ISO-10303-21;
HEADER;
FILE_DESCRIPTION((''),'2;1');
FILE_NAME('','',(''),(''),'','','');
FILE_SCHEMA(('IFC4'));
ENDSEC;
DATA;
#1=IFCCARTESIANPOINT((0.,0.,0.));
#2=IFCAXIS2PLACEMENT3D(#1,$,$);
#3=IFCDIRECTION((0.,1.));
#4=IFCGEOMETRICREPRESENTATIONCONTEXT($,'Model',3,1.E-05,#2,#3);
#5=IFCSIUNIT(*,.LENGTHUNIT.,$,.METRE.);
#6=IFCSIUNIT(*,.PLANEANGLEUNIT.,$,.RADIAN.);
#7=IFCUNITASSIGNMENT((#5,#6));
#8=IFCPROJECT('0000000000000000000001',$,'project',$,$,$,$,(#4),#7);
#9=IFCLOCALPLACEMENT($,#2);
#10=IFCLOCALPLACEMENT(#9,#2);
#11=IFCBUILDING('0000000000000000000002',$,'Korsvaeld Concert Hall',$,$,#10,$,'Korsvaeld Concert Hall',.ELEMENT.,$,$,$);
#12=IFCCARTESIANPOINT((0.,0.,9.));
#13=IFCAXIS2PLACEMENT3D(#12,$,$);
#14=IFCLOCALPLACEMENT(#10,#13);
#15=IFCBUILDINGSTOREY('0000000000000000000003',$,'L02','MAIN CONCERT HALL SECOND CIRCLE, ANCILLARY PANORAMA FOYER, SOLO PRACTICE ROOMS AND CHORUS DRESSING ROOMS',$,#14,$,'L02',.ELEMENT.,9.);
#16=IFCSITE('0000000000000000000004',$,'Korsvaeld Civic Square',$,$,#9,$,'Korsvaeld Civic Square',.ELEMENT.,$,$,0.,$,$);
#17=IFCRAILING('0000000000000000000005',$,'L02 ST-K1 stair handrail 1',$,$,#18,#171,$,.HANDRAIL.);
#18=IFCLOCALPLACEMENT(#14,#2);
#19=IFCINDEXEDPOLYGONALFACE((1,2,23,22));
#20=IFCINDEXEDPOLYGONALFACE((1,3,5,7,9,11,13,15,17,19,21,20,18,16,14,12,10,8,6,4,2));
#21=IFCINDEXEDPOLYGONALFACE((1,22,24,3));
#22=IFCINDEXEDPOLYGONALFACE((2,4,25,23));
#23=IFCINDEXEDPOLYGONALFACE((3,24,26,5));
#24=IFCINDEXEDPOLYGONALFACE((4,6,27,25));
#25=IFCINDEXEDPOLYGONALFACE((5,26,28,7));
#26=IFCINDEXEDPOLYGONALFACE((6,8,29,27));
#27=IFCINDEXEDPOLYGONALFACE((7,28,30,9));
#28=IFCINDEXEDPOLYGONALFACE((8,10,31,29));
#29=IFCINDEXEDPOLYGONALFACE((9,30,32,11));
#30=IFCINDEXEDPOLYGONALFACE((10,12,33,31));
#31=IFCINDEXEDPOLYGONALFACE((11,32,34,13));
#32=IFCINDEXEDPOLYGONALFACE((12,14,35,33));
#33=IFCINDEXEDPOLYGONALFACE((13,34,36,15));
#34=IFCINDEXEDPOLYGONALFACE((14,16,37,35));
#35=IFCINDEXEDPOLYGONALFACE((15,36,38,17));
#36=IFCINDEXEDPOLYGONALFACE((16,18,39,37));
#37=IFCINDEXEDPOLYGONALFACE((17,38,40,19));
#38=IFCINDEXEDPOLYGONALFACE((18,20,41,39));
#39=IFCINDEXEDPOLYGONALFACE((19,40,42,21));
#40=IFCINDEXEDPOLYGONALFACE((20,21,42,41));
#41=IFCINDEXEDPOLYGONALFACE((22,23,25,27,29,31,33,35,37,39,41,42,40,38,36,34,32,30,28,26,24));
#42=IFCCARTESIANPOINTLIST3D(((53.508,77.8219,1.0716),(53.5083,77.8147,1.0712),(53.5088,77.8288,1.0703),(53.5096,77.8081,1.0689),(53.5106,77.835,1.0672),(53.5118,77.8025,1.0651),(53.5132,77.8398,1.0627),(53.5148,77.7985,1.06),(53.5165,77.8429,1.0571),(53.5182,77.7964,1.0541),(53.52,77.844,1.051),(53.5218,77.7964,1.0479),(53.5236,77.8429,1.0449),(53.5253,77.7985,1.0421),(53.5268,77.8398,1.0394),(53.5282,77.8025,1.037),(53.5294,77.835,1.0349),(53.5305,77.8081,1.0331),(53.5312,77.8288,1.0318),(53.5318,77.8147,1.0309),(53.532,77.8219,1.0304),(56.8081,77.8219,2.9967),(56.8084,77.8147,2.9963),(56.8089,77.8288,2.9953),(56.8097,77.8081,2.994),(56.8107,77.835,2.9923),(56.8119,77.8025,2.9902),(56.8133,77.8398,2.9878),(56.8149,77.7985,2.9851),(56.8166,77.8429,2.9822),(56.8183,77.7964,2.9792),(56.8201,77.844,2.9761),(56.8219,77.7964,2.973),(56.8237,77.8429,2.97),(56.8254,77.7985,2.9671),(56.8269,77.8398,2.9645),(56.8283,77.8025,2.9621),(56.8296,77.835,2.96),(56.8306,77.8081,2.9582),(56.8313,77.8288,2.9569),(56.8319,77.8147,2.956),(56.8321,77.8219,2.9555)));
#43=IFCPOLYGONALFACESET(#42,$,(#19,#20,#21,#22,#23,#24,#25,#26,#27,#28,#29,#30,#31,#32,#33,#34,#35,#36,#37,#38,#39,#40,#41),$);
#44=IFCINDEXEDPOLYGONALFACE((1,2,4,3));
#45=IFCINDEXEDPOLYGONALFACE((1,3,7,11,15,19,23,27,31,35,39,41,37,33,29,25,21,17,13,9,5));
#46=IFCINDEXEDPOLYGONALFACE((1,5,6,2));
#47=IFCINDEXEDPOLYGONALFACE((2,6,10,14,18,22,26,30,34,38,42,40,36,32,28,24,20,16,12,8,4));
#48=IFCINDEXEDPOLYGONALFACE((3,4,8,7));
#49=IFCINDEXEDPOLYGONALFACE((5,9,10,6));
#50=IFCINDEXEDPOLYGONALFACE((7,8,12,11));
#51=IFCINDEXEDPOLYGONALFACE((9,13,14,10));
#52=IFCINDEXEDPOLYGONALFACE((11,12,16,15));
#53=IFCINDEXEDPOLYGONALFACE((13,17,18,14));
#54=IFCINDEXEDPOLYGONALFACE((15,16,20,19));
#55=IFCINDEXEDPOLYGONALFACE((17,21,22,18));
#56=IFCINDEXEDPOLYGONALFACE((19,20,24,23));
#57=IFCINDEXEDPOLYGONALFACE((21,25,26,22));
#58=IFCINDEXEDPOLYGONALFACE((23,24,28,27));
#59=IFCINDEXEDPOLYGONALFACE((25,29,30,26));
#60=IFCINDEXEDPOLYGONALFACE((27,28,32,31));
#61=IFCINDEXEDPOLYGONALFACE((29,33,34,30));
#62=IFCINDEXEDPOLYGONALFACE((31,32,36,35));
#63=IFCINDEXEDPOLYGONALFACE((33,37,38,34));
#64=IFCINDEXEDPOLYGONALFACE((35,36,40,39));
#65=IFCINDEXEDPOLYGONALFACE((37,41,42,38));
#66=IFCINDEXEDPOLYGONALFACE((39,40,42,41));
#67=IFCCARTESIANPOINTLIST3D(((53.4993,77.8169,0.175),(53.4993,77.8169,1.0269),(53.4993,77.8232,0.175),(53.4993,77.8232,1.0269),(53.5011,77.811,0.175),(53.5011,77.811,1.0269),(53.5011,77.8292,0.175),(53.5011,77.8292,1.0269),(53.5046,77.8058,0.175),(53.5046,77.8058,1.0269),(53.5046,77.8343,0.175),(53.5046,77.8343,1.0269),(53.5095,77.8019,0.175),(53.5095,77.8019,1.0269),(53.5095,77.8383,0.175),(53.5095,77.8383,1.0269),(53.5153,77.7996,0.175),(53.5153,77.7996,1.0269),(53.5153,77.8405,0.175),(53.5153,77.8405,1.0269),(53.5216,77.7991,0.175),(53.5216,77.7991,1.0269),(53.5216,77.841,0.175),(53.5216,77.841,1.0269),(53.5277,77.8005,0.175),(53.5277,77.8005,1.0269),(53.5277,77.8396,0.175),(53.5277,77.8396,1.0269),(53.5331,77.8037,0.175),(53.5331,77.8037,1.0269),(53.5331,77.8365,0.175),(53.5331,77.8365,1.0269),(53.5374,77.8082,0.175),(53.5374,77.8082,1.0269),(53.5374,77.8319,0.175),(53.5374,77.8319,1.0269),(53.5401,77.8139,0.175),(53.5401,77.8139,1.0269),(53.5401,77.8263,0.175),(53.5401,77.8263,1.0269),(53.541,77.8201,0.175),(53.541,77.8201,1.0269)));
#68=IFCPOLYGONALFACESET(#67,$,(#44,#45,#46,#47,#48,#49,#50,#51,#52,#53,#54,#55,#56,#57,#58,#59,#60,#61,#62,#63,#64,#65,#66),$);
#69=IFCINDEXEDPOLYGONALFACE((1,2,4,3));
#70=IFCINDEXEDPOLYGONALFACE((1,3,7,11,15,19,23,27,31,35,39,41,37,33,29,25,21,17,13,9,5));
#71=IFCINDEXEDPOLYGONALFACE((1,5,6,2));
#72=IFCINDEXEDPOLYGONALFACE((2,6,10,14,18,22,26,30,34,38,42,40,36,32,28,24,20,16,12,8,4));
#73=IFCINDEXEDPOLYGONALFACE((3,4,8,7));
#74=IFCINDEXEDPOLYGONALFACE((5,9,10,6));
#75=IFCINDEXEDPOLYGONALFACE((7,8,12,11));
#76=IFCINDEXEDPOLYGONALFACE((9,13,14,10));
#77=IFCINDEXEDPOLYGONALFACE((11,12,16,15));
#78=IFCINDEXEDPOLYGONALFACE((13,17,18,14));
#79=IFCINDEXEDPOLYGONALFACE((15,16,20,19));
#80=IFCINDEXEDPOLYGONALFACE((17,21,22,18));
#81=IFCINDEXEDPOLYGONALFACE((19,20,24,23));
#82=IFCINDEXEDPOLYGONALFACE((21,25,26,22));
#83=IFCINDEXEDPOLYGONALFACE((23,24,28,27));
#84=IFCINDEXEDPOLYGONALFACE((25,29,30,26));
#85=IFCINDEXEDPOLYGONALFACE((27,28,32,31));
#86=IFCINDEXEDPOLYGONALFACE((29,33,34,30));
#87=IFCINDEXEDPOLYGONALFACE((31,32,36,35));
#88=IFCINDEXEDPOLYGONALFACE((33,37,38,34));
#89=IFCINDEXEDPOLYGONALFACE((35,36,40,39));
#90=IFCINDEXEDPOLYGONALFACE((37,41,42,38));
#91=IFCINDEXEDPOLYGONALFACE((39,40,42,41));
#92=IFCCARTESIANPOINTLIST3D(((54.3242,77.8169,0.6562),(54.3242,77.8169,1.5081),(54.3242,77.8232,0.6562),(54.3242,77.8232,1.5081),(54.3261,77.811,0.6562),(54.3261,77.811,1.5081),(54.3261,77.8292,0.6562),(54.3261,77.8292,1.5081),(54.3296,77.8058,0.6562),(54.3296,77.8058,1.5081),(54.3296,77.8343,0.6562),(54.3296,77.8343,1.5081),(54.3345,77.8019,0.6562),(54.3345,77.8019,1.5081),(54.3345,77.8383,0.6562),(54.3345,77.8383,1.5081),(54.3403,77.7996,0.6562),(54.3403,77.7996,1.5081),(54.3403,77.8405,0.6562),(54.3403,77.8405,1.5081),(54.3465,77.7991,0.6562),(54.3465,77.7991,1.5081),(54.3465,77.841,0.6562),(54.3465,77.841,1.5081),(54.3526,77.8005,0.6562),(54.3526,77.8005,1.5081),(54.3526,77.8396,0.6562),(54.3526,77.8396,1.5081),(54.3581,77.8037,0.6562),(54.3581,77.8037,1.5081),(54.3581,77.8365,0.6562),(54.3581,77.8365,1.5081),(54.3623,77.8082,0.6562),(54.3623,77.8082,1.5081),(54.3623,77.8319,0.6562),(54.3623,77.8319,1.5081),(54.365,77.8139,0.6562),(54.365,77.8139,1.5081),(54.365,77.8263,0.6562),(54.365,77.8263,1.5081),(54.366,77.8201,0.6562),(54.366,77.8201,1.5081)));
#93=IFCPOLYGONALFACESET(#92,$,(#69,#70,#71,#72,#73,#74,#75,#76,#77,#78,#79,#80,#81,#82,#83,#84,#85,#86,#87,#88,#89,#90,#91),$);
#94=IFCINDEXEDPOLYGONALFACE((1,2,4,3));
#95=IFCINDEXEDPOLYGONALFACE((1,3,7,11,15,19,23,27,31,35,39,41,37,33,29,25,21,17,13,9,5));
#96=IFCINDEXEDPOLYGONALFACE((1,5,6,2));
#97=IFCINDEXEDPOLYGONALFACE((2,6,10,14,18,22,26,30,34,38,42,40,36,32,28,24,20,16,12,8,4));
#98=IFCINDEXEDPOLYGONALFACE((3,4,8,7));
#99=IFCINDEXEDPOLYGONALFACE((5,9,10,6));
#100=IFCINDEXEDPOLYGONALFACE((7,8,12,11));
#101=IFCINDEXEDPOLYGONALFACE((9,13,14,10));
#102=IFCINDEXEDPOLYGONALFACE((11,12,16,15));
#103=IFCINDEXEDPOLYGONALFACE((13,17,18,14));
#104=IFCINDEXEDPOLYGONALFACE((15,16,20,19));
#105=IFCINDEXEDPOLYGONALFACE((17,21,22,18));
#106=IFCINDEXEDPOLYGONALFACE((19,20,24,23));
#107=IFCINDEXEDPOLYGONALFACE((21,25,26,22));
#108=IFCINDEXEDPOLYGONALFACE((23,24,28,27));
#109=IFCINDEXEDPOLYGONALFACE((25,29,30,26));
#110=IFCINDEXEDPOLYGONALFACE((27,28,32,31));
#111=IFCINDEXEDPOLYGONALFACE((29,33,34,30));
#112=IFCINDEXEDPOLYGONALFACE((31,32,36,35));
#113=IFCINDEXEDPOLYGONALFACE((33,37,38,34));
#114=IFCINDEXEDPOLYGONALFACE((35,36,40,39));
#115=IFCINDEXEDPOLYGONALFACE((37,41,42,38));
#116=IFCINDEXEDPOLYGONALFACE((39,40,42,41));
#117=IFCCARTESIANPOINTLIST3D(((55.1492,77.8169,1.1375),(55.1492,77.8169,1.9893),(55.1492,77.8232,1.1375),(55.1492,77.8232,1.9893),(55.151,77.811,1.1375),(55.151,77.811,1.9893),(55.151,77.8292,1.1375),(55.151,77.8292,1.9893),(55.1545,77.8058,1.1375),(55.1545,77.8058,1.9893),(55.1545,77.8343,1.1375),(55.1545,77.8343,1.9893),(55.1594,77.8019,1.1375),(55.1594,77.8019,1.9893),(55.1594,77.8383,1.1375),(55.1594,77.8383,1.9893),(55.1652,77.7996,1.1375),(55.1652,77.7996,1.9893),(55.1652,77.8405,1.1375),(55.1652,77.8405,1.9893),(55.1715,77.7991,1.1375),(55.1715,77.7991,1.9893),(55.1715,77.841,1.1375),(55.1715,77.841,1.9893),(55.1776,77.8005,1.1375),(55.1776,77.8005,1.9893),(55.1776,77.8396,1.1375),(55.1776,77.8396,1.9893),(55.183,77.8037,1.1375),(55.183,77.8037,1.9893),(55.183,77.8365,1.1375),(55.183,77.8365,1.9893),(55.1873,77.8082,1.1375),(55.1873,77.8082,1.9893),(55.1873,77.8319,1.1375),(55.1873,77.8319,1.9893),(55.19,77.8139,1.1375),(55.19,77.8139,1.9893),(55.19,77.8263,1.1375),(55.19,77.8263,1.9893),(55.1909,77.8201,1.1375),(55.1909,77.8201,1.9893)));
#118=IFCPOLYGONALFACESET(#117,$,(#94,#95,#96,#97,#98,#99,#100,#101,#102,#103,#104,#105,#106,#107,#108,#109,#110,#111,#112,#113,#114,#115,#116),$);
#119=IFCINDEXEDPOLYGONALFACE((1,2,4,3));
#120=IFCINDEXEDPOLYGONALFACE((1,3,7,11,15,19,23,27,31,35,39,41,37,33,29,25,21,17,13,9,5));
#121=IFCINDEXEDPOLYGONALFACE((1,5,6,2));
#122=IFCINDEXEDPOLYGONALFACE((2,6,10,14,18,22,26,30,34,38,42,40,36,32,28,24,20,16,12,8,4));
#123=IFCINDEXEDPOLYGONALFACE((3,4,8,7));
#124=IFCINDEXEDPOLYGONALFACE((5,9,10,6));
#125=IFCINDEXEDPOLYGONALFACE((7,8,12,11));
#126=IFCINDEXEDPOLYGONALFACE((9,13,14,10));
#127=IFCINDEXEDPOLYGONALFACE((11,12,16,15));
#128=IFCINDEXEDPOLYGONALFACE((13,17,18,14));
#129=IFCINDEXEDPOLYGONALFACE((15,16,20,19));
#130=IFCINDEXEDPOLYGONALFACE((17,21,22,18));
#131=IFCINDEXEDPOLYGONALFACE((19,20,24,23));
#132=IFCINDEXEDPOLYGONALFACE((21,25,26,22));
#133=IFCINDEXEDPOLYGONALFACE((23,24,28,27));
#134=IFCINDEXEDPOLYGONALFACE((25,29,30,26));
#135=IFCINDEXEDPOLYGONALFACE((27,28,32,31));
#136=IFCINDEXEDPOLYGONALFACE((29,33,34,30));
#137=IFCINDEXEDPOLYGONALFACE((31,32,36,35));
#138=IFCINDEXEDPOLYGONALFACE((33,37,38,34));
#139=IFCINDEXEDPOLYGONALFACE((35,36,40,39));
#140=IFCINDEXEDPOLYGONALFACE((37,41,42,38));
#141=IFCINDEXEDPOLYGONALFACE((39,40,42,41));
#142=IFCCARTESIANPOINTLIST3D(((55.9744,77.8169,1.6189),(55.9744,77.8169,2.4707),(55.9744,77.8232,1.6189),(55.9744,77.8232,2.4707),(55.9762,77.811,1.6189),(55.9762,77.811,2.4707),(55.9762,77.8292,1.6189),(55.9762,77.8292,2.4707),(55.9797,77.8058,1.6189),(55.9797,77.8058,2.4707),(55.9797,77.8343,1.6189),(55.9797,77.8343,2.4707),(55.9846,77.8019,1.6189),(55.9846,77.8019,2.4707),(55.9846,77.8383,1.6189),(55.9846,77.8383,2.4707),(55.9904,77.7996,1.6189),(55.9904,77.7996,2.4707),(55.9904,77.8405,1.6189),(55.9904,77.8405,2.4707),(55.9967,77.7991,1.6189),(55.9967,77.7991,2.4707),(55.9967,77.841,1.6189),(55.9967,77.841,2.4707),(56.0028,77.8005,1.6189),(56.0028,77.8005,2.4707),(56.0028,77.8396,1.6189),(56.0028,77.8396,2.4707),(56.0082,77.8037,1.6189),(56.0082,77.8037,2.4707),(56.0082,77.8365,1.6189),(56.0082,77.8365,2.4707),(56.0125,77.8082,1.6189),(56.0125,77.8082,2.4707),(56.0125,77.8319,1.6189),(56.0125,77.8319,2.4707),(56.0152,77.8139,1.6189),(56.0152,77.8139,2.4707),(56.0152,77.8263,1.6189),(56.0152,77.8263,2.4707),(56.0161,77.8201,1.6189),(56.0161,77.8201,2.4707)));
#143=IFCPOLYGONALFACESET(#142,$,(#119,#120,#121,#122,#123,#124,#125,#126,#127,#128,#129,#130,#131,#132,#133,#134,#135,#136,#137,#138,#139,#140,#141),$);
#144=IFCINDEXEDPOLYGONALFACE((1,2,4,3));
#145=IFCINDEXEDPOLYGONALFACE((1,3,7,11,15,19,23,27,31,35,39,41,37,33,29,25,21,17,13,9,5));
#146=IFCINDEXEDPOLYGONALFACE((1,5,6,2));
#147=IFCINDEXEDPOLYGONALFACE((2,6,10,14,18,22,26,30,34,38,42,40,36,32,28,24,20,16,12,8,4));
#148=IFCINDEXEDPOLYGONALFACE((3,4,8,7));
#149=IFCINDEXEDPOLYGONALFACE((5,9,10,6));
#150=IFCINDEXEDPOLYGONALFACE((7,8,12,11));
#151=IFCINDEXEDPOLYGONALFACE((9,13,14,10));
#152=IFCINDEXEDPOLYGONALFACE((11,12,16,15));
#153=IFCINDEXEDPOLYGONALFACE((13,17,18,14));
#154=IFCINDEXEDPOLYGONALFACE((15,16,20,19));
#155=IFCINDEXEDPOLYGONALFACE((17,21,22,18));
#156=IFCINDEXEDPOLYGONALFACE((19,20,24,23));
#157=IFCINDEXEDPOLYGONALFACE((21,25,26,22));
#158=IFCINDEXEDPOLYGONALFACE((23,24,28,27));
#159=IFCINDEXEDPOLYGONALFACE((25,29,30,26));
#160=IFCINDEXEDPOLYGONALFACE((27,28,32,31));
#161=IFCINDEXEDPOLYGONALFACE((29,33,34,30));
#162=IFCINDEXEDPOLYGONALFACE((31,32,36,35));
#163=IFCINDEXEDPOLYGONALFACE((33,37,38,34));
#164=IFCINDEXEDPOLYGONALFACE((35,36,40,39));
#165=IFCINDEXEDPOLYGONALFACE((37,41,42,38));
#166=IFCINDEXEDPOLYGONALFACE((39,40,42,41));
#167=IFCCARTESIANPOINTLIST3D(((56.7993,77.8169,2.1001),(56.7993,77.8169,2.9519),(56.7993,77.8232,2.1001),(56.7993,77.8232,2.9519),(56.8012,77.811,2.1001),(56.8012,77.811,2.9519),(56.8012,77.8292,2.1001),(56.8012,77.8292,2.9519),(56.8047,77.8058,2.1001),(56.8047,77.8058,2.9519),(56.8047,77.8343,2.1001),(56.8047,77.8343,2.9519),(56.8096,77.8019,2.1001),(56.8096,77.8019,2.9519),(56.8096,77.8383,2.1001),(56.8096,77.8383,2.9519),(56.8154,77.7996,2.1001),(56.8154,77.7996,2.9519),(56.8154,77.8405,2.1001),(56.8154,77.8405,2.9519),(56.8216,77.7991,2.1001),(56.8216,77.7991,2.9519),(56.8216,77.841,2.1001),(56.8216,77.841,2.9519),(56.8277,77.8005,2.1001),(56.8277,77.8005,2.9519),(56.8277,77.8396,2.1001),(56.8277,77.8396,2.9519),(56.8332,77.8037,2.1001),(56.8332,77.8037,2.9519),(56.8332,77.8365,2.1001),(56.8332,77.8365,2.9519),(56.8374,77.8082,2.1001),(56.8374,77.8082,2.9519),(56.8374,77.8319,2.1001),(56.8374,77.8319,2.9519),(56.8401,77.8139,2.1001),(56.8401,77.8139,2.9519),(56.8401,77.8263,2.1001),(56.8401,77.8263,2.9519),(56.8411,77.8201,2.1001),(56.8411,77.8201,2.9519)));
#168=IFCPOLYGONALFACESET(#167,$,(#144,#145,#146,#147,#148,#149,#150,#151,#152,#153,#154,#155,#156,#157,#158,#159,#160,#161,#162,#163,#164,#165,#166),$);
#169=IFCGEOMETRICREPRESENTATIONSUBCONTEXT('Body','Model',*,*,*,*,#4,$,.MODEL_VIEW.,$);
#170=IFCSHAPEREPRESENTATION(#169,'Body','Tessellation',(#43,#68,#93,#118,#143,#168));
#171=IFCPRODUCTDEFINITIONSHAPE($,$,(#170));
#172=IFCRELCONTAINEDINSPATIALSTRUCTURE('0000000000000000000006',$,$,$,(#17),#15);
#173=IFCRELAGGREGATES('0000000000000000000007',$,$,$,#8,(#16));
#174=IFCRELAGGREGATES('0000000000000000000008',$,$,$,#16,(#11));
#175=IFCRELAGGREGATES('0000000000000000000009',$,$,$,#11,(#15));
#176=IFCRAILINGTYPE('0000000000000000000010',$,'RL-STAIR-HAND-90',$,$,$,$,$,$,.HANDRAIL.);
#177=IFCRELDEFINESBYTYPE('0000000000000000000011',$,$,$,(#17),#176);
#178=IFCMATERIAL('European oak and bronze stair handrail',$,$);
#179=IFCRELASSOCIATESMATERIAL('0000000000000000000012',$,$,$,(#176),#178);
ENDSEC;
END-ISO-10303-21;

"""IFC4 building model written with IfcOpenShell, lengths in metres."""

from ifc_helpers import new_model, si_unit, direction, frame, origin, origin_2d, place, context, subcontext, project, spatial, circle, extrude, material, type_object, element, save


model = new_model("IFC4")

# Units and contexts
model_context = context("Model", 3, precision=1e-05, world=origin(), true_north=direction((0.0, 1.0)))
body_context = subcontext(model_context, "Body", "Model", "MODEL_VIEW")
ifc_project = project(units=[si_unit("LENGTHUNIT", "METRE"), si_unit("PLANEANGLEUNIT", "RADIAN")], contexts=[model_context])

# Site, building, storey
site_placement = place(None, origin())
site = spatial("IfcSite", under=ifc_project, at=site_placement, Name="Korsvaeld Civic Square", LongName="Korsvaeld Civic Square", CompositionType="ELEMENT", RefElevation=0.0)
building_placement = place(site_placement, origin())
building = spatial("IfcBuilding", under=site, at=building_placement, Name="Korsvaeld Concert Hall", LongName="Korsvaeld Concert Hall", CompositionType="ELEMENT")
storey_placement = place(building_placement, frame((0.0, 0.0, 9.0)))
storey = spatial("IfcBuildingStorey", under=building, at=storey_placement, Name="L02", Description="MAIN CONCERT HALL SECOND CIRCLE, ANCILLARY PANORAMA FOYER, SOLO PRACTICE ROOMS AND CHORUS DRESSING ROOMS", LongName="L02", CompositionType="ELEMENT", Elevation=9.0)

# Railing
ifc_material_1 = material(Name="European oak and bronze stair handrail")
railing_type = type_object("IfcRailingType", Name="RL-STAIR-HAND-90", PredefinedType="HANDRAIL", material=ifc_material_1)
railing_placement = place(storey_placement, frame((53.52, 77.8201, 0.175)))
element("IfcRailing", 1, at=railing_placement, inside=storey, type_object=railing_type, Name="L02 ST-K1 stair handrail 1", PredefinedType="HANDRAIL", context=body_context, shape_type="SweptSolid", body=[
    extrude(circle(Radius=0.0239, at=origin_2d()), frame((0.0, 0.0, 0.876), z_axis=(0.863777, 0.0, 0.503875), x_axis=(0.0, 1.0, 0.0)), (0.0, 0.0, 1.0), 3.8206),
    extrude(circle(Radius=0.021, at=origin_2d()), origin(), (0.0, 0.0, 1.0), 0.8518),
    extrude(circle(Radius=0.021, at=origin_2d()), frame((0.825, 0.0, 0.4812)), (0.0, 0.0, 1.0), 0.8518),
    extrude(circle(Radius=0.021, at=origin_2d()), frame((1.6499, 0.0, 0.9624)), (0.0, 0.0, 1.0), 0.8518),
    extrude(circle(Radius=0.021, at=origin_2d()), frame((2.4751, 0.0, 1.4438)), (0.0, 0.0, 1.0), 0.8518),
    extrude(circle(Radius=0.021, at=origin_2d()), frame((3.3, 0.0, 1.925)), (0.0, 0.0, 1.0), 0.8518),
])

save(model, "model.ifc")
